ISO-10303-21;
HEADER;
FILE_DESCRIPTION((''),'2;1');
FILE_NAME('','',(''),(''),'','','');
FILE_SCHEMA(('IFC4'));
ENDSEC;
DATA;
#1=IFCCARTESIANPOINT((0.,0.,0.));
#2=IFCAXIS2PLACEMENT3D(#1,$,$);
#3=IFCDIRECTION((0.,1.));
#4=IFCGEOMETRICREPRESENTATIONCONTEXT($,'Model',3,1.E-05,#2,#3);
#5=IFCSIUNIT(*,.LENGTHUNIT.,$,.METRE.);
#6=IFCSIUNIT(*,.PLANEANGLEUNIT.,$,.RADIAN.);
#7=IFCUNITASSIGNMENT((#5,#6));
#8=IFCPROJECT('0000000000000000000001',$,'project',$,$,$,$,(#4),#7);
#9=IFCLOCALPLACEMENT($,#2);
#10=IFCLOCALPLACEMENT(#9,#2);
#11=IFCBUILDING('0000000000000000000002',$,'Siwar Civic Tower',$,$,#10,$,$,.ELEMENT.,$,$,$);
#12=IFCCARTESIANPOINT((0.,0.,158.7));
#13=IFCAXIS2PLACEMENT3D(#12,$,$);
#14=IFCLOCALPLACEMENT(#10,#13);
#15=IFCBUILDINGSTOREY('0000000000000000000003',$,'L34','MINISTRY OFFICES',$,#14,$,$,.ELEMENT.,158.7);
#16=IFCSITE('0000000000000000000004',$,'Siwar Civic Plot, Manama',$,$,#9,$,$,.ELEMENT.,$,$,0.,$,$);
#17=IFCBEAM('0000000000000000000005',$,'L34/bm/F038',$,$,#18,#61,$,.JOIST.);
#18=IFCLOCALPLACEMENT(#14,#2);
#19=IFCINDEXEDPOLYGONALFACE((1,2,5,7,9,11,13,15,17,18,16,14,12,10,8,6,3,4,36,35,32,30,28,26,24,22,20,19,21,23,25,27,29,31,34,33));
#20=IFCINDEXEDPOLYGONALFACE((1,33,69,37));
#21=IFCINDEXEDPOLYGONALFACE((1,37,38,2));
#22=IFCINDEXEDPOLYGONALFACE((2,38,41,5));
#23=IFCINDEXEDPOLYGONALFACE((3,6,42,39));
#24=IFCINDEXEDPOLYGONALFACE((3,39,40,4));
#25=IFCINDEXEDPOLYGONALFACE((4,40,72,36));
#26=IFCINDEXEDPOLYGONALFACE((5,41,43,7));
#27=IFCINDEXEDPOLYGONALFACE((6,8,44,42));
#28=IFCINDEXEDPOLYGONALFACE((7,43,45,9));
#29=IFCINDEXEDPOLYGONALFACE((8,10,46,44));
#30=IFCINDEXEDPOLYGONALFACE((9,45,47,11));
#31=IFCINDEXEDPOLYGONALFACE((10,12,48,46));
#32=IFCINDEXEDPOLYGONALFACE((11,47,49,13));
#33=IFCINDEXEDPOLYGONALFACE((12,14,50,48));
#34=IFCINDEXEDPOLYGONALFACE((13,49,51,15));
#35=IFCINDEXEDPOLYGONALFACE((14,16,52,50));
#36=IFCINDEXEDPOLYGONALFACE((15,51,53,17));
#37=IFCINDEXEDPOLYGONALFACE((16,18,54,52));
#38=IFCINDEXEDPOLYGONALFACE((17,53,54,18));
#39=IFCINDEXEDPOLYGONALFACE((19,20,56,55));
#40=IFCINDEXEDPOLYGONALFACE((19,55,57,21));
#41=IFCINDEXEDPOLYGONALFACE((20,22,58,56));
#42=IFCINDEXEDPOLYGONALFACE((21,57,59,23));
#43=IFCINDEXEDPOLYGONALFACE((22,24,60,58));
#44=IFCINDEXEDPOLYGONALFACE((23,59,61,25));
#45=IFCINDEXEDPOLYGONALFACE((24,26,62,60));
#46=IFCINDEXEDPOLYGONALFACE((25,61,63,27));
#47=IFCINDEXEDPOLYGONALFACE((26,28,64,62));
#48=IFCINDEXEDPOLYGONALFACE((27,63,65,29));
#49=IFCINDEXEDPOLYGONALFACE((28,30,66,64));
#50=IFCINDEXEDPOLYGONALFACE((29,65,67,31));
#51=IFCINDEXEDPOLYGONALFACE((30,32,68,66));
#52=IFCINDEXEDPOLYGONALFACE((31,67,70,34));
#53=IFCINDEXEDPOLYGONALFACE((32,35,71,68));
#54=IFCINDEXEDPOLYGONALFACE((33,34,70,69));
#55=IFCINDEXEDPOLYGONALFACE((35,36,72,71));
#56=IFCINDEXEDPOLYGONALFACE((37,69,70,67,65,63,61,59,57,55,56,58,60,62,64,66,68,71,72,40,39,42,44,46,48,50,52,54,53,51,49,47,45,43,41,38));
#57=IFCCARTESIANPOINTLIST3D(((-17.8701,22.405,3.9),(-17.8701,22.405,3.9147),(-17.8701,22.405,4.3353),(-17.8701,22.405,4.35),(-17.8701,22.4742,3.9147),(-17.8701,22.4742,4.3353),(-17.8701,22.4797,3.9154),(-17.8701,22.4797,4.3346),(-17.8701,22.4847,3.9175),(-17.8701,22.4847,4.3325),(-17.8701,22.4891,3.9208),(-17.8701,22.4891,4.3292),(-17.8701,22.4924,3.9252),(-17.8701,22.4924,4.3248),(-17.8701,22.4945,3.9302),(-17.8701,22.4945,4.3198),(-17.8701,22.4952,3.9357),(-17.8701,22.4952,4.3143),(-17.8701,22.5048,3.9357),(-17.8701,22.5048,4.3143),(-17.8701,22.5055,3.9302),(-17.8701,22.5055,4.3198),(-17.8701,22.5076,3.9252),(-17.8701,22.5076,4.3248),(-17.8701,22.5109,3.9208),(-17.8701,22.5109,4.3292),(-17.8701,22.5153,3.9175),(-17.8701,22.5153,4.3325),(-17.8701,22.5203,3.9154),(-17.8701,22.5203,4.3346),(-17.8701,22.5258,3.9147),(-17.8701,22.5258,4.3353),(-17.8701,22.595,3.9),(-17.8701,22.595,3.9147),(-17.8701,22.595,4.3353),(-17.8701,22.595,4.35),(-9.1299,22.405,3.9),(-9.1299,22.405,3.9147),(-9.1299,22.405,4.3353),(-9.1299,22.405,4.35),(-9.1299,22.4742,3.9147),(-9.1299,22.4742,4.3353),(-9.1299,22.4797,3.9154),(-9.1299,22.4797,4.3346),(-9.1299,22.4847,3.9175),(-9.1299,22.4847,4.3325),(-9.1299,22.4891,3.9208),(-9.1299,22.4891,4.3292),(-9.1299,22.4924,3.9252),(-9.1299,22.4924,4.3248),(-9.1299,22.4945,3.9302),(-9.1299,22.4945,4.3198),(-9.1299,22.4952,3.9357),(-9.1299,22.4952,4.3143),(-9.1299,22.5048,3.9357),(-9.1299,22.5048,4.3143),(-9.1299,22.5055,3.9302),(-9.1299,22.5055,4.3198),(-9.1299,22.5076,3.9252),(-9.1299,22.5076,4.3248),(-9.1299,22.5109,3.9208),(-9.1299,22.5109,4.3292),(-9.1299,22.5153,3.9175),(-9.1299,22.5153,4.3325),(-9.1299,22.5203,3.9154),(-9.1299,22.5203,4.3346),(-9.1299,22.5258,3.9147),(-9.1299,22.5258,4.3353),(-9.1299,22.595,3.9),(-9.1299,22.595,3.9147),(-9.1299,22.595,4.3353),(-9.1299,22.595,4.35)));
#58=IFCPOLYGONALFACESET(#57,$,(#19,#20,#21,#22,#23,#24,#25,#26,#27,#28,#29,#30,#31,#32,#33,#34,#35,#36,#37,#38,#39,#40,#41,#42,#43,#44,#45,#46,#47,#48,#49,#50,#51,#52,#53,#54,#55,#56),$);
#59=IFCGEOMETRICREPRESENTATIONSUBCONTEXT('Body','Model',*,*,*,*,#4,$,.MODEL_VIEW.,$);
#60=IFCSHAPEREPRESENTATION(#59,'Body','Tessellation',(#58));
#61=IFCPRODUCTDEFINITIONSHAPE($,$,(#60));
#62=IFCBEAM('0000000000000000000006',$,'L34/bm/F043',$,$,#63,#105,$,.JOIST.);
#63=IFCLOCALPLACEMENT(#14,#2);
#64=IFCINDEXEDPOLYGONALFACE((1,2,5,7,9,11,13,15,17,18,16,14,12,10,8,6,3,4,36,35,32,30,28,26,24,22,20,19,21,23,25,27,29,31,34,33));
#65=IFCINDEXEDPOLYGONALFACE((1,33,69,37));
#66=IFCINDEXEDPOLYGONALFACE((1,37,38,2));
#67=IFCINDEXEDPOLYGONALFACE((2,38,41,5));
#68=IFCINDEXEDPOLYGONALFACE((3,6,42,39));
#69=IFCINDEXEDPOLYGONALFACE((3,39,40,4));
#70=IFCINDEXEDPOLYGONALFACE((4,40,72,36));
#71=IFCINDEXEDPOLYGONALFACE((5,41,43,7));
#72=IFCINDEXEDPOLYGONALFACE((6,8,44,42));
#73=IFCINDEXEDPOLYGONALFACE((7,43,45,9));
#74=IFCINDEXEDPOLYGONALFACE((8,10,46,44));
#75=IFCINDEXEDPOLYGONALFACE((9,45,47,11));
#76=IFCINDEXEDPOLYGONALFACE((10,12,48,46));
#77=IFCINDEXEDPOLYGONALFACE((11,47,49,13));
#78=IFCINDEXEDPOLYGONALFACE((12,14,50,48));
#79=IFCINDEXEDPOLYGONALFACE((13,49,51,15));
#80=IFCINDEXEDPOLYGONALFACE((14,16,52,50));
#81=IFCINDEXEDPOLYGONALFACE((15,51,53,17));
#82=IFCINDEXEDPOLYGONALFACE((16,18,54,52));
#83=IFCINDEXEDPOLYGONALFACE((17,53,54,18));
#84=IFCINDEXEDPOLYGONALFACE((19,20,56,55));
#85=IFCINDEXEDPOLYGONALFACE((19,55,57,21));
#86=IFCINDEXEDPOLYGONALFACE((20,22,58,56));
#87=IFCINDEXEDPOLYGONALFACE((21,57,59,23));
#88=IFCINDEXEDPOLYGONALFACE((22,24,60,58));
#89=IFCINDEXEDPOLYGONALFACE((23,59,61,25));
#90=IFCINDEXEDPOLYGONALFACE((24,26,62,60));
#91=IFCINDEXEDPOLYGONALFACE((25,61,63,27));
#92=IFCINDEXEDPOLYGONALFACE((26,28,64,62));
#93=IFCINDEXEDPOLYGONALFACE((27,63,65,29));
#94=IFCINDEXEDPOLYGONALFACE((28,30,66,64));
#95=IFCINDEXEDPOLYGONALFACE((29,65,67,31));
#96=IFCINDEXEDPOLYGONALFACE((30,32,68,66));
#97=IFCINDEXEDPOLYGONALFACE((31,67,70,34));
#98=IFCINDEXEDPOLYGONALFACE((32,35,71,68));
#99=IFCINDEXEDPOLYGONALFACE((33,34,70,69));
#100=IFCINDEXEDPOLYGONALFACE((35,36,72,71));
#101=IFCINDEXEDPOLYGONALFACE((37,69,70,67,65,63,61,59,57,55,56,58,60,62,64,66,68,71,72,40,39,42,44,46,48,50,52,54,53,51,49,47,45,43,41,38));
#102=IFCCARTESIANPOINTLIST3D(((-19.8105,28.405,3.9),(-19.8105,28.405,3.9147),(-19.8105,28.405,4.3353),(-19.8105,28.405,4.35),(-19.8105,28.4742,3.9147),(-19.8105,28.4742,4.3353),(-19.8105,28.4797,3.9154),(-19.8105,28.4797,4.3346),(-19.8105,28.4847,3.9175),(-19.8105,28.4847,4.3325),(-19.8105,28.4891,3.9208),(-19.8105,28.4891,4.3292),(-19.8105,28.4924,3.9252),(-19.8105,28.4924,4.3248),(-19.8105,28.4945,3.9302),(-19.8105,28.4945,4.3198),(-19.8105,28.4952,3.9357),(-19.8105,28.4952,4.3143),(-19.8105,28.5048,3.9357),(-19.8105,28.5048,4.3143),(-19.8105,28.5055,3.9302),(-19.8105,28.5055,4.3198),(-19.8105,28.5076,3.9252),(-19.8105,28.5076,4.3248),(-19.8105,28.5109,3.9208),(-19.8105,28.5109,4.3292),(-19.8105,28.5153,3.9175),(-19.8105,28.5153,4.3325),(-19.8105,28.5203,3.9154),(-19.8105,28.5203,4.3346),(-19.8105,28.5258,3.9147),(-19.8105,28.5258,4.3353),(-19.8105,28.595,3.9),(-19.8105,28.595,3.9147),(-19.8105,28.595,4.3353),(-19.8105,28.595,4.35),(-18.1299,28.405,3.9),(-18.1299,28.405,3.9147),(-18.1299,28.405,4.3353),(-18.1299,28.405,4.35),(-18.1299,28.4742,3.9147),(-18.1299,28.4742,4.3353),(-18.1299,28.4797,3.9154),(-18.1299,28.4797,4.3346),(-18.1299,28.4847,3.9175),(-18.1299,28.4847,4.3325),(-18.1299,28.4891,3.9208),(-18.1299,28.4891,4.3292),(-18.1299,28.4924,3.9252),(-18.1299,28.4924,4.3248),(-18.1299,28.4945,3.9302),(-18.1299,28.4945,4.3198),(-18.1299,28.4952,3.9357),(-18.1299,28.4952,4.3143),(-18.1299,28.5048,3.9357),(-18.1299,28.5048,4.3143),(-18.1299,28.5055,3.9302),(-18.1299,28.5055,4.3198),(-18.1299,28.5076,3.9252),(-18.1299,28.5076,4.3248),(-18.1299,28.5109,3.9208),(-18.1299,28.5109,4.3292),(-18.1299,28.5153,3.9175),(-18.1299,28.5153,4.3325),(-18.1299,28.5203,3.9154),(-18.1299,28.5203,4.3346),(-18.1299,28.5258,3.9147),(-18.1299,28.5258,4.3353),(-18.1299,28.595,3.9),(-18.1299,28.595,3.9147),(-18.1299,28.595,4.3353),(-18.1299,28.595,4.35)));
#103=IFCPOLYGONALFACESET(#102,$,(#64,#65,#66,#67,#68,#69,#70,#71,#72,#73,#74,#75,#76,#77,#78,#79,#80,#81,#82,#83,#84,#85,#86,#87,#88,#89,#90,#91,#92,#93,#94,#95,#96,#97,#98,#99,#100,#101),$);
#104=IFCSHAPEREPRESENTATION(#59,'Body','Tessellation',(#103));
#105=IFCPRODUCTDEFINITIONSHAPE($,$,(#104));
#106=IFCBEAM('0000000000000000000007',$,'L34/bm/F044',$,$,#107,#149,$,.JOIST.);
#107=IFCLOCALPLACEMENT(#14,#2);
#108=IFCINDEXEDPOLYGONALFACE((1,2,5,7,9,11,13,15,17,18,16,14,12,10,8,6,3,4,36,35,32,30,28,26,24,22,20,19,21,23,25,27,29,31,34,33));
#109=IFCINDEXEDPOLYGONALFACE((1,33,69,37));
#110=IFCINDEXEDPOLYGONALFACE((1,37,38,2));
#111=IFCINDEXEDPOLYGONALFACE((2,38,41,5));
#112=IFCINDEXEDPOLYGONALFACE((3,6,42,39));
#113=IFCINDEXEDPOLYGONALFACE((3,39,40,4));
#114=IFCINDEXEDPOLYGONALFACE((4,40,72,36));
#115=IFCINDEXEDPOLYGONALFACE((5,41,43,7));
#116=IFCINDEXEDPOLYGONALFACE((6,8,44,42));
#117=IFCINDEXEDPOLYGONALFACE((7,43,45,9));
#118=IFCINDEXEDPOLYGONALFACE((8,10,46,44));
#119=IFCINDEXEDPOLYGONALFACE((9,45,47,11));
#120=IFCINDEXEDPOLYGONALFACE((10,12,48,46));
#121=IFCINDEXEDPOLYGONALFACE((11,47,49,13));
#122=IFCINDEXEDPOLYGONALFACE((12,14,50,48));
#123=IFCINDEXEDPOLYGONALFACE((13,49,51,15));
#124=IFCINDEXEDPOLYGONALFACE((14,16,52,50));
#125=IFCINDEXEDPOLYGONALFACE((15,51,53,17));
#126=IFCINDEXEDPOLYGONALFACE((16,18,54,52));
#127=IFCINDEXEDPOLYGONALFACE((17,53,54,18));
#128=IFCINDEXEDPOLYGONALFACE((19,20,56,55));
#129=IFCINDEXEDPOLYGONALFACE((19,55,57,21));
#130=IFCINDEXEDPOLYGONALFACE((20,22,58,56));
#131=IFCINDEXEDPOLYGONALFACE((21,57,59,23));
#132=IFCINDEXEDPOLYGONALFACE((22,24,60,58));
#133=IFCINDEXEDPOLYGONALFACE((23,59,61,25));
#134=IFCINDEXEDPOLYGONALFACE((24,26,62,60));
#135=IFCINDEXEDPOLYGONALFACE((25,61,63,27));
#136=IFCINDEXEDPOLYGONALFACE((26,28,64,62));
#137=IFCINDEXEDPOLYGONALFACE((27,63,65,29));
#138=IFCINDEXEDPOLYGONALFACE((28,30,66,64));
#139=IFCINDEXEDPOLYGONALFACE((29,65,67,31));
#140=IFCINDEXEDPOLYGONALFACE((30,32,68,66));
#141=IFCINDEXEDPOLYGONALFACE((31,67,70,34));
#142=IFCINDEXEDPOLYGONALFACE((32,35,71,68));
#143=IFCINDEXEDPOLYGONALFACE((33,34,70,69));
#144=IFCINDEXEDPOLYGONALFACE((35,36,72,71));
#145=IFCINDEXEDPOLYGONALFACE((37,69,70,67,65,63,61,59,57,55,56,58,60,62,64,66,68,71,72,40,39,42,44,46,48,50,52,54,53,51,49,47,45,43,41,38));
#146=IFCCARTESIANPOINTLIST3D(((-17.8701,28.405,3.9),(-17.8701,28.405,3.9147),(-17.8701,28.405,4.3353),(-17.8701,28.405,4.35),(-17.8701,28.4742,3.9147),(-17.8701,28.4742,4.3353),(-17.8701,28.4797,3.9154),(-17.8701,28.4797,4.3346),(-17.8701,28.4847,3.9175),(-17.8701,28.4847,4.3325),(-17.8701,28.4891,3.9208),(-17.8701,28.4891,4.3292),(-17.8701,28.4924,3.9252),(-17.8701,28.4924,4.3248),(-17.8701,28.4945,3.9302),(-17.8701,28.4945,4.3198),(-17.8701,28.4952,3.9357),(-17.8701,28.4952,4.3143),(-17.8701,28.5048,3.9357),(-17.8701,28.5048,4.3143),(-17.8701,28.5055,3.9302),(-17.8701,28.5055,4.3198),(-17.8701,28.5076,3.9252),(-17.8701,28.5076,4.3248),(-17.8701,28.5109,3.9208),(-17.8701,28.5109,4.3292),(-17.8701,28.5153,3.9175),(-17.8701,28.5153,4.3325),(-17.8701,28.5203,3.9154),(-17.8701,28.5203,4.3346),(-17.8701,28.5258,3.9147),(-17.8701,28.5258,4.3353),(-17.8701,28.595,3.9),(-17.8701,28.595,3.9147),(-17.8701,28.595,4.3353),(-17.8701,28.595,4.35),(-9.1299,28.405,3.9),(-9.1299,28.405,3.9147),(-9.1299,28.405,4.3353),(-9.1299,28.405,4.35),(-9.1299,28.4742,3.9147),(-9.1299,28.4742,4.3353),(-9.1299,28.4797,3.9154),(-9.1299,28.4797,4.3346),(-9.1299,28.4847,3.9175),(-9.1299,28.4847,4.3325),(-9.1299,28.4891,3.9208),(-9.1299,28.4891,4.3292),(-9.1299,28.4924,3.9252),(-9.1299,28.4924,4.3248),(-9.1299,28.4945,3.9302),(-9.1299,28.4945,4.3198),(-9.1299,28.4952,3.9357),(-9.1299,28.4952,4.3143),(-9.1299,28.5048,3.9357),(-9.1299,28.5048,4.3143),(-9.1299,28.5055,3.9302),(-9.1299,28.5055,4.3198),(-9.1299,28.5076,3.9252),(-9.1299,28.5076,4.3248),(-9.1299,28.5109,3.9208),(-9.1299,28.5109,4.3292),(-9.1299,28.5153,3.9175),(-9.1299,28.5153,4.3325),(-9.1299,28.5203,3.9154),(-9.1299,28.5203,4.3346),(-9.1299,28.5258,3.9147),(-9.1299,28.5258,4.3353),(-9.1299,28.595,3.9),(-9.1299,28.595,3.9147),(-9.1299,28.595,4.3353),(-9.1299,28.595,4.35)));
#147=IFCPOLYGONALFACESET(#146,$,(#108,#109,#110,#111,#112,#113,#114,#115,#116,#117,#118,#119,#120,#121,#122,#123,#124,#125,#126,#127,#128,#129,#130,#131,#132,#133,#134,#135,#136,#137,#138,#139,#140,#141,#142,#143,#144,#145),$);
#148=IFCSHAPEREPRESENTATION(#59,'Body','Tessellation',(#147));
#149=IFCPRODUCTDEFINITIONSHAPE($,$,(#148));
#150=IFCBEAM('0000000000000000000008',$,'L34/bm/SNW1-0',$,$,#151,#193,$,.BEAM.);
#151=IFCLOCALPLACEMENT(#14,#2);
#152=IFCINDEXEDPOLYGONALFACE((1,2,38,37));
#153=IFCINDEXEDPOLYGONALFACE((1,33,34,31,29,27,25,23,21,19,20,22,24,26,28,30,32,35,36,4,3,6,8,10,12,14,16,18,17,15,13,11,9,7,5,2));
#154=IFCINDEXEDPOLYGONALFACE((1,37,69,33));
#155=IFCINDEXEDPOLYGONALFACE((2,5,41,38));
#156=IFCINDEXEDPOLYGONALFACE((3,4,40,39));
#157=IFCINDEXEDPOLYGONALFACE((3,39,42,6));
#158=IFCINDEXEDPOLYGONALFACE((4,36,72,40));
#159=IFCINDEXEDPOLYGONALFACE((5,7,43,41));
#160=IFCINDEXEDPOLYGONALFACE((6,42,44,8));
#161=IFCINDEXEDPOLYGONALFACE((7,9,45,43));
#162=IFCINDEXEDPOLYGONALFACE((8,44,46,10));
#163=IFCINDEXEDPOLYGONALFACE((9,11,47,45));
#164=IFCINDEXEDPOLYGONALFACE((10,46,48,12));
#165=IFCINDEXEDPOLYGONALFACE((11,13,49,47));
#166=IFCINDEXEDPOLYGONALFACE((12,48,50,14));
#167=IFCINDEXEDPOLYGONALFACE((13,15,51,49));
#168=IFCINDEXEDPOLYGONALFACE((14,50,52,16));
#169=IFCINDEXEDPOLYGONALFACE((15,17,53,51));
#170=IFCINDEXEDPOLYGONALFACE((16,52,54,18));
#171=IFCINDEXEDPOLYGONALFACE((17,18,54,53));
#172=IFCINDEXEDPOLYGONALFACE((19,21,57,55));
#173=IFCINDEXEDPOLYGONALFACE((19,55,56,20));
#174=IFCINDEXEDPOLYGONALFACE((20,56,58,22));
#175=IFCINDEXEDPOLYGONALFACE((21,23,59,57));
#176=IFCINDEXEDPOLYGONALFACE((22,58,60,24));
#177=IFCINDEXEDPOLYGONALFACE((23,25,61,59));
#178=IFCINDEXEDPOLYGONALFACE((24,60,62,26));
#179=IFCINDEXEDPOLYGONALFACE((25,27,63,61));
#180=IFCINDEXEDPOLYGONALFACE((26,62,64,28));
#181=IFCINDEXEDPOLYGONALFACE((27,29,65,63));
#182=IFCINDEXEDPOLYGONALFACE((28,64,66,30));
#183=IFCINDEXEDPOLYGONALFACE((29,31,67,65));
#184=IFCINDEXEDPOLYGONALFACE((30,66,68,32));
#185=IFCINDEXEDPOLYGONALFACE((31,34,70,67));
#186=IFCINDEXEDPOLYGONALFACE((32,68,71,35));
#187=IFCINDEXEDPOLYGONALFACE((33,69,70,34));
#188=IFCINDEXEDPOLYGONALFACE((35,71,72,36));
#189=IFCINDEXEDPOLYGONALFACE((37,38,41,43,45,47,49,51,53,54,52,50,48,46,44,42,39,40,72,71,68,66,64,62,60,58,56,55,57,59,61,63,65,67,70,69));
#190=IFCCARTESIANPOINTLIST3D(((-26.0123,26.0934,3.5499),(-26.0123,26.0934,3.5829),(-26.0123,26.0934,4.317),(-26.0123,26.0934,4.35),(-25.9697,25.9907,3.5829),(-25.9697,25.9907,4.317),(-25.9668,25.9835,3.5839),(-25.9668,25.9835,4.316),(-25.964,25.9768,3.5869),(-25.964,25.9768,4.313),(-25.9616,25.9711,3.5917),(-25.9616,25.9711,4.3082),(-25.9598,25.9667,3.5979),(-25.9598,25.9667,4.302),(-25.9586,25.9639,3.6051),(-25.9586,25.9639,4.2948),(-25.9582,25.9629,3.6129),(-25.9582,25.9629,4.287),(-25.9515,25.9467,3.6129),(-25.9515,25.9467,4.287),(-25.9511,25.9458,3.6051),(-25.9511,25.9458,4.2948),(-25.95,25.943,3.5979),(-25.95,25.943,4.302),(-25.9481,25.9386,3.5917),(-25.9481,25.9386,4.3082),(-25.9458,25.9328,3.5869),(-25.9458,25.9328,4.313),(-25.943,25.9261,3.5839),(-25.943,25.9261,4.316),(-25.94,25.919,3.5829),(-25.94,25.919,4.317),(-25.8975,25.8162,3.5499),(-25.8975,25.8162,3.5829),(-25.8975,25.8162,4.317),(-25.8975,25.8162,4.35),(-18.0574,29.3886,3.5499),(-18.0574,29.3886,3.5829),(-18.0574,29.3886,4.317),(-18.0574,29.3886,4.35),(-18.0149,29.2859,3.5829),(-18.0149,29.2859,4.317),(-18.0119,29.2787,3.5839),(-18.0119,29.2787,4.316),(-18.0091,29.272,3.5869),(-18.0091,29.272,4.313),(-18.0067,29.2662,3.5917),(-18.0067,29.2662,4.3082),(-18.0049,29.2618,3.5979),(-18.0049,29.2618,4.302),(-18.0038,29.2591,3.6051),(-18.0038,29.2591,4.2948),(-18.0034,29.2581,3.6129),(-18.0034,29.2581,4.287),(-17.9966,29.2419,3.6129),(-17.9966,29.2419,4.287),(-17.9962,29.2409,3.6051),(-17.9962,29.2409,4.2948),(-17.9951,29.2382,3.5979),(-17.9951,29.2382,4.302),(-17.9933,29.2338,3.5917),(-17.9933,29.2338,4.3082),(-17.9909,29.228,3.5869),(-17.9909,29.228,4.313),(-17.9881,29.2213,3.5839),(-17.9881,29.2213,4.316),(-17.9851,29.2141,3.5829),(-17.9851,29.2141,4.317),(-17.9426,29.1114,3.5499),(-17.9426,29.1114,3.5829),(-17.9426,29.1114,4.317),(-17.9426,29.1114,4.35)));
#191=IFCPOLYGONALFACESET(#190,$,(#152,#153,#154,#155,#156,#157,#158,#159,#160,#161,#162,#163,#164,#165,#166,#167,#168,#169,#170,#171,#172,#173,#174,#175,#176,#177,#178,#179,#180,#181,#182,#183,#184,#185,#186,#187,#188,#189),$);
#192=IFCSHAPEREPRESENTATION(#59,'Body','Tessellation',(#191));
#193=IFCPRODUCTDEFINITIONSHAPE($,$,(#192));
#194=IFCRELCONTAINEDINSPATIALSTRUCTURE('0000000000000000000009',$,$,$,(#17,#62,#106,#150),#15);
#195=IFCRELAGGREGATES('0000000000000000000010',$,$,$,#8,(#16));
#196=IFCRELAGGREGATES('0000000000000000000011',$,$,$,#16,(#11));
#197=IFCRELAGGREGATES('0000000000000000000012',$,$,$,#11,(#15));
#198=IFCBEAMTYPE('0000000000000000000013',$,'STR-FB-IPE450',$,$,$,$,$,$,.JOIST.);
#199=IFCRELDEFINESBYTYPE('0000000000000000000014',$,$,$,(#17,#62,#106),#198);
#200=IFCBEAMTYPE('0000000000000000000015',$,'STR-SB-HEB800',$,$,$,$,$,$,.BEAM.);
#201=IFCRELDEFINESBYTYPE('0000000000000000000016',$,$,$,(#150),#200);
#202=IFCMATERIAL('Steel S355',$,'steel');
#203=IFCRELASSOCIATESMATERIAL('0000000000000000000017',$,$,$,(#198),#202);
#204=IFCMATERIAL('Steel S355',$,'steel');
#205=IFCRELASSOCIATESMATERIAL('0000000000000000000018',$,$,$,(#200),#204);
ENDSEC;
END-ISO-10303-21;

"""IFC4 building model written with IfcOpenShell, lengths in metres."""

from ifc_helpers import new_model, si_unit, direction, frame, origin, origin_2d, place, context, subcontext, project, spatial, i_section, extrude, material, material_profile, profile_set, type_object, element, save


model = new_model("IFC4")

# Units and contexts
model_context = context("Model", 3, precision=1e-05, world=origin(), true_north=direction((0.0, 1.0)))
body_context = subcontext(model_context, "Body", "Model", "MODEL_VIEW")
ifc_project = project(units=[si_unit("LENGTHUNIT", "METRE"), si_unit("PLANEANGLEUNIT", "RADIAN")], contexts=[model_context])

# Site, building, storey
site_placement = place(None, origin())
site = spatial("IfcSite", under=ifc_project, at=site_placement, Name="Siwar Civic Plot, Manama", CompositionType="ELEMENT", RefElevation=0.0)
building_placement = place(site_placement, origin())
building = spatial("IfcBuilding", under=site, at=building_placement, Name="Siwar Civic Tower", CompositionType="ELEMENT")
storey_placement = place(building_placement, frame((0.0, 0.0, 158.7)))
storey = spatial("IfcBuildingStorey", under=building, at=storey_placement, Name="L34", Description="MINISTRY OFFICES", CompositionType="ELEMENT", Elevation=158.7)

# Beams
ifc_material_1 = material(Name="Steel S355", Category="steel")
ifc_material_profile_1 = material_profile(ifc_material_1, i_section(OverallWidth=0.1899, OverallDepth=0.45, WebThickness=0.0095, FlangeThickness=0.0146, FilletRadius=0.021, at=origin_2d()), Name="IPE450")
ifc_profile_set_1 = profile_set([ifc_material_profile_1], Name="Steel S355")
beam_type_1 = type_object("IfcBeamType", Name="STR-FB-IPE450", PredefinedType="JOIST", material=ifc_profile_set_1)
beam_1_placement = place(storey_placement, frame((-17.8701, 22.5, 4.125), z_axis=(1.0, 0.0, 0.0), x_axis=(0.0, 1.0, 0.0)))
element("IfcBeam", 1, at=beam_1_placement, inside=storey, type_object=beam_type_1, Name="L34/bm/F038", PredefinedType="JOIST", context=body_context, shape_type="SweptSolid", body=[
    extrude(i_section(OverallWidth=0.1899, OverallDepth=0.45, WebThickness=0.0095, FlangeThickness=0.0146, FilletRadius=0.021, at=origin_2d()), origin(), (0.0, 0.0, 1.0), 8.7402),
])
beam_2_placement = place(storey_placement, frame((-19.8105, 28.5, 4.125), z_axis=(1.0, 0.0, 0.0), x_axis=(0.0, 1.0, 0.0)))
element("IfcBeam", 2, at=beam_2_placement, inside=storey, type_object=beam_type_1, Name="L34/bm/F043", PredefinedType="JOIST", context=body_context, shape_type="SweptSolid", body=[
    extrude(i_section(OverallWidth=0.1899, OverallDepth=0.45, WebThickness=0.0095, FlangeThickness=0.0146, FilletRadius=0.021, at=origin_2d()), origin(), (0.0, 0.0, 1.0), 1.6807),
])
beam_3_placement = place(storey_placement, frame((-17.8701, 28.5, 4.125), z_axis=(1.0, 0.0, 0.0), x_axis=(0.0, 1.0, 0.0)))
element("IfcBeam", 3, at=beam_3_placement, inside=storey, type_object=beam_type_1, Name="L34/bm/F044", PredefinedType="JOIST", context=body_context, shape_type="SweptSolid", body=[
    extrude(i_section(OverallWidth=0.1899, OverallDepth=0.45, WebThickness=0.0095, FlangeThickness=0.0146, FilletRadius=0.021, at=origin_2d()), origin(), (0.0, 0.0, 1.0), 8.7402),
])
ifc_material_2 = material(Name="Steel S355", Category="steel")
ifc_material_profile_2 = material_profile(ifc_material_2, i_section(OverallWidth=0.3, OverallDepth=0.8, WebThickness=0.0176, FlangeThickness=0.033, FilletRadius=0.03, at=origin_2d()), Name="HEB800")
ifc_profile_set_2 = profile_set([ifc_material_profile_2], Name="Steel S355")
beam_type_2 = type_object("IfcBeamType", Name="STR-SB-HEB800", PredefinedType="BEAM", material=ifc_profile_set_2)
beam_4_placement = place(storey_placement, frame((-18.0, 29.25, 3.95), z_axis=(-0.923873, -0.3827, 0.0), x_axis=(0.3827, -0.923873, 0.0)))
element("IfcBeam", 4, at=beam_4_placement, inside=storey, type_object=beam_type_2, Name="L34/bm/SNW1-0", PredefinedType="BEAM", context=body_context, shape_type="SweptSolid", body=[
    extrude(i_section(OverallWidth=0.3, OverallDepth=0.8, WebThickness=0.0176, FlangeThickness=0.033, FilletRadius=0.03, at=origin_2d()), origin(), (0.0, 0.0, 1.0), 8.6104),
])

save(model, "model.ifc")
